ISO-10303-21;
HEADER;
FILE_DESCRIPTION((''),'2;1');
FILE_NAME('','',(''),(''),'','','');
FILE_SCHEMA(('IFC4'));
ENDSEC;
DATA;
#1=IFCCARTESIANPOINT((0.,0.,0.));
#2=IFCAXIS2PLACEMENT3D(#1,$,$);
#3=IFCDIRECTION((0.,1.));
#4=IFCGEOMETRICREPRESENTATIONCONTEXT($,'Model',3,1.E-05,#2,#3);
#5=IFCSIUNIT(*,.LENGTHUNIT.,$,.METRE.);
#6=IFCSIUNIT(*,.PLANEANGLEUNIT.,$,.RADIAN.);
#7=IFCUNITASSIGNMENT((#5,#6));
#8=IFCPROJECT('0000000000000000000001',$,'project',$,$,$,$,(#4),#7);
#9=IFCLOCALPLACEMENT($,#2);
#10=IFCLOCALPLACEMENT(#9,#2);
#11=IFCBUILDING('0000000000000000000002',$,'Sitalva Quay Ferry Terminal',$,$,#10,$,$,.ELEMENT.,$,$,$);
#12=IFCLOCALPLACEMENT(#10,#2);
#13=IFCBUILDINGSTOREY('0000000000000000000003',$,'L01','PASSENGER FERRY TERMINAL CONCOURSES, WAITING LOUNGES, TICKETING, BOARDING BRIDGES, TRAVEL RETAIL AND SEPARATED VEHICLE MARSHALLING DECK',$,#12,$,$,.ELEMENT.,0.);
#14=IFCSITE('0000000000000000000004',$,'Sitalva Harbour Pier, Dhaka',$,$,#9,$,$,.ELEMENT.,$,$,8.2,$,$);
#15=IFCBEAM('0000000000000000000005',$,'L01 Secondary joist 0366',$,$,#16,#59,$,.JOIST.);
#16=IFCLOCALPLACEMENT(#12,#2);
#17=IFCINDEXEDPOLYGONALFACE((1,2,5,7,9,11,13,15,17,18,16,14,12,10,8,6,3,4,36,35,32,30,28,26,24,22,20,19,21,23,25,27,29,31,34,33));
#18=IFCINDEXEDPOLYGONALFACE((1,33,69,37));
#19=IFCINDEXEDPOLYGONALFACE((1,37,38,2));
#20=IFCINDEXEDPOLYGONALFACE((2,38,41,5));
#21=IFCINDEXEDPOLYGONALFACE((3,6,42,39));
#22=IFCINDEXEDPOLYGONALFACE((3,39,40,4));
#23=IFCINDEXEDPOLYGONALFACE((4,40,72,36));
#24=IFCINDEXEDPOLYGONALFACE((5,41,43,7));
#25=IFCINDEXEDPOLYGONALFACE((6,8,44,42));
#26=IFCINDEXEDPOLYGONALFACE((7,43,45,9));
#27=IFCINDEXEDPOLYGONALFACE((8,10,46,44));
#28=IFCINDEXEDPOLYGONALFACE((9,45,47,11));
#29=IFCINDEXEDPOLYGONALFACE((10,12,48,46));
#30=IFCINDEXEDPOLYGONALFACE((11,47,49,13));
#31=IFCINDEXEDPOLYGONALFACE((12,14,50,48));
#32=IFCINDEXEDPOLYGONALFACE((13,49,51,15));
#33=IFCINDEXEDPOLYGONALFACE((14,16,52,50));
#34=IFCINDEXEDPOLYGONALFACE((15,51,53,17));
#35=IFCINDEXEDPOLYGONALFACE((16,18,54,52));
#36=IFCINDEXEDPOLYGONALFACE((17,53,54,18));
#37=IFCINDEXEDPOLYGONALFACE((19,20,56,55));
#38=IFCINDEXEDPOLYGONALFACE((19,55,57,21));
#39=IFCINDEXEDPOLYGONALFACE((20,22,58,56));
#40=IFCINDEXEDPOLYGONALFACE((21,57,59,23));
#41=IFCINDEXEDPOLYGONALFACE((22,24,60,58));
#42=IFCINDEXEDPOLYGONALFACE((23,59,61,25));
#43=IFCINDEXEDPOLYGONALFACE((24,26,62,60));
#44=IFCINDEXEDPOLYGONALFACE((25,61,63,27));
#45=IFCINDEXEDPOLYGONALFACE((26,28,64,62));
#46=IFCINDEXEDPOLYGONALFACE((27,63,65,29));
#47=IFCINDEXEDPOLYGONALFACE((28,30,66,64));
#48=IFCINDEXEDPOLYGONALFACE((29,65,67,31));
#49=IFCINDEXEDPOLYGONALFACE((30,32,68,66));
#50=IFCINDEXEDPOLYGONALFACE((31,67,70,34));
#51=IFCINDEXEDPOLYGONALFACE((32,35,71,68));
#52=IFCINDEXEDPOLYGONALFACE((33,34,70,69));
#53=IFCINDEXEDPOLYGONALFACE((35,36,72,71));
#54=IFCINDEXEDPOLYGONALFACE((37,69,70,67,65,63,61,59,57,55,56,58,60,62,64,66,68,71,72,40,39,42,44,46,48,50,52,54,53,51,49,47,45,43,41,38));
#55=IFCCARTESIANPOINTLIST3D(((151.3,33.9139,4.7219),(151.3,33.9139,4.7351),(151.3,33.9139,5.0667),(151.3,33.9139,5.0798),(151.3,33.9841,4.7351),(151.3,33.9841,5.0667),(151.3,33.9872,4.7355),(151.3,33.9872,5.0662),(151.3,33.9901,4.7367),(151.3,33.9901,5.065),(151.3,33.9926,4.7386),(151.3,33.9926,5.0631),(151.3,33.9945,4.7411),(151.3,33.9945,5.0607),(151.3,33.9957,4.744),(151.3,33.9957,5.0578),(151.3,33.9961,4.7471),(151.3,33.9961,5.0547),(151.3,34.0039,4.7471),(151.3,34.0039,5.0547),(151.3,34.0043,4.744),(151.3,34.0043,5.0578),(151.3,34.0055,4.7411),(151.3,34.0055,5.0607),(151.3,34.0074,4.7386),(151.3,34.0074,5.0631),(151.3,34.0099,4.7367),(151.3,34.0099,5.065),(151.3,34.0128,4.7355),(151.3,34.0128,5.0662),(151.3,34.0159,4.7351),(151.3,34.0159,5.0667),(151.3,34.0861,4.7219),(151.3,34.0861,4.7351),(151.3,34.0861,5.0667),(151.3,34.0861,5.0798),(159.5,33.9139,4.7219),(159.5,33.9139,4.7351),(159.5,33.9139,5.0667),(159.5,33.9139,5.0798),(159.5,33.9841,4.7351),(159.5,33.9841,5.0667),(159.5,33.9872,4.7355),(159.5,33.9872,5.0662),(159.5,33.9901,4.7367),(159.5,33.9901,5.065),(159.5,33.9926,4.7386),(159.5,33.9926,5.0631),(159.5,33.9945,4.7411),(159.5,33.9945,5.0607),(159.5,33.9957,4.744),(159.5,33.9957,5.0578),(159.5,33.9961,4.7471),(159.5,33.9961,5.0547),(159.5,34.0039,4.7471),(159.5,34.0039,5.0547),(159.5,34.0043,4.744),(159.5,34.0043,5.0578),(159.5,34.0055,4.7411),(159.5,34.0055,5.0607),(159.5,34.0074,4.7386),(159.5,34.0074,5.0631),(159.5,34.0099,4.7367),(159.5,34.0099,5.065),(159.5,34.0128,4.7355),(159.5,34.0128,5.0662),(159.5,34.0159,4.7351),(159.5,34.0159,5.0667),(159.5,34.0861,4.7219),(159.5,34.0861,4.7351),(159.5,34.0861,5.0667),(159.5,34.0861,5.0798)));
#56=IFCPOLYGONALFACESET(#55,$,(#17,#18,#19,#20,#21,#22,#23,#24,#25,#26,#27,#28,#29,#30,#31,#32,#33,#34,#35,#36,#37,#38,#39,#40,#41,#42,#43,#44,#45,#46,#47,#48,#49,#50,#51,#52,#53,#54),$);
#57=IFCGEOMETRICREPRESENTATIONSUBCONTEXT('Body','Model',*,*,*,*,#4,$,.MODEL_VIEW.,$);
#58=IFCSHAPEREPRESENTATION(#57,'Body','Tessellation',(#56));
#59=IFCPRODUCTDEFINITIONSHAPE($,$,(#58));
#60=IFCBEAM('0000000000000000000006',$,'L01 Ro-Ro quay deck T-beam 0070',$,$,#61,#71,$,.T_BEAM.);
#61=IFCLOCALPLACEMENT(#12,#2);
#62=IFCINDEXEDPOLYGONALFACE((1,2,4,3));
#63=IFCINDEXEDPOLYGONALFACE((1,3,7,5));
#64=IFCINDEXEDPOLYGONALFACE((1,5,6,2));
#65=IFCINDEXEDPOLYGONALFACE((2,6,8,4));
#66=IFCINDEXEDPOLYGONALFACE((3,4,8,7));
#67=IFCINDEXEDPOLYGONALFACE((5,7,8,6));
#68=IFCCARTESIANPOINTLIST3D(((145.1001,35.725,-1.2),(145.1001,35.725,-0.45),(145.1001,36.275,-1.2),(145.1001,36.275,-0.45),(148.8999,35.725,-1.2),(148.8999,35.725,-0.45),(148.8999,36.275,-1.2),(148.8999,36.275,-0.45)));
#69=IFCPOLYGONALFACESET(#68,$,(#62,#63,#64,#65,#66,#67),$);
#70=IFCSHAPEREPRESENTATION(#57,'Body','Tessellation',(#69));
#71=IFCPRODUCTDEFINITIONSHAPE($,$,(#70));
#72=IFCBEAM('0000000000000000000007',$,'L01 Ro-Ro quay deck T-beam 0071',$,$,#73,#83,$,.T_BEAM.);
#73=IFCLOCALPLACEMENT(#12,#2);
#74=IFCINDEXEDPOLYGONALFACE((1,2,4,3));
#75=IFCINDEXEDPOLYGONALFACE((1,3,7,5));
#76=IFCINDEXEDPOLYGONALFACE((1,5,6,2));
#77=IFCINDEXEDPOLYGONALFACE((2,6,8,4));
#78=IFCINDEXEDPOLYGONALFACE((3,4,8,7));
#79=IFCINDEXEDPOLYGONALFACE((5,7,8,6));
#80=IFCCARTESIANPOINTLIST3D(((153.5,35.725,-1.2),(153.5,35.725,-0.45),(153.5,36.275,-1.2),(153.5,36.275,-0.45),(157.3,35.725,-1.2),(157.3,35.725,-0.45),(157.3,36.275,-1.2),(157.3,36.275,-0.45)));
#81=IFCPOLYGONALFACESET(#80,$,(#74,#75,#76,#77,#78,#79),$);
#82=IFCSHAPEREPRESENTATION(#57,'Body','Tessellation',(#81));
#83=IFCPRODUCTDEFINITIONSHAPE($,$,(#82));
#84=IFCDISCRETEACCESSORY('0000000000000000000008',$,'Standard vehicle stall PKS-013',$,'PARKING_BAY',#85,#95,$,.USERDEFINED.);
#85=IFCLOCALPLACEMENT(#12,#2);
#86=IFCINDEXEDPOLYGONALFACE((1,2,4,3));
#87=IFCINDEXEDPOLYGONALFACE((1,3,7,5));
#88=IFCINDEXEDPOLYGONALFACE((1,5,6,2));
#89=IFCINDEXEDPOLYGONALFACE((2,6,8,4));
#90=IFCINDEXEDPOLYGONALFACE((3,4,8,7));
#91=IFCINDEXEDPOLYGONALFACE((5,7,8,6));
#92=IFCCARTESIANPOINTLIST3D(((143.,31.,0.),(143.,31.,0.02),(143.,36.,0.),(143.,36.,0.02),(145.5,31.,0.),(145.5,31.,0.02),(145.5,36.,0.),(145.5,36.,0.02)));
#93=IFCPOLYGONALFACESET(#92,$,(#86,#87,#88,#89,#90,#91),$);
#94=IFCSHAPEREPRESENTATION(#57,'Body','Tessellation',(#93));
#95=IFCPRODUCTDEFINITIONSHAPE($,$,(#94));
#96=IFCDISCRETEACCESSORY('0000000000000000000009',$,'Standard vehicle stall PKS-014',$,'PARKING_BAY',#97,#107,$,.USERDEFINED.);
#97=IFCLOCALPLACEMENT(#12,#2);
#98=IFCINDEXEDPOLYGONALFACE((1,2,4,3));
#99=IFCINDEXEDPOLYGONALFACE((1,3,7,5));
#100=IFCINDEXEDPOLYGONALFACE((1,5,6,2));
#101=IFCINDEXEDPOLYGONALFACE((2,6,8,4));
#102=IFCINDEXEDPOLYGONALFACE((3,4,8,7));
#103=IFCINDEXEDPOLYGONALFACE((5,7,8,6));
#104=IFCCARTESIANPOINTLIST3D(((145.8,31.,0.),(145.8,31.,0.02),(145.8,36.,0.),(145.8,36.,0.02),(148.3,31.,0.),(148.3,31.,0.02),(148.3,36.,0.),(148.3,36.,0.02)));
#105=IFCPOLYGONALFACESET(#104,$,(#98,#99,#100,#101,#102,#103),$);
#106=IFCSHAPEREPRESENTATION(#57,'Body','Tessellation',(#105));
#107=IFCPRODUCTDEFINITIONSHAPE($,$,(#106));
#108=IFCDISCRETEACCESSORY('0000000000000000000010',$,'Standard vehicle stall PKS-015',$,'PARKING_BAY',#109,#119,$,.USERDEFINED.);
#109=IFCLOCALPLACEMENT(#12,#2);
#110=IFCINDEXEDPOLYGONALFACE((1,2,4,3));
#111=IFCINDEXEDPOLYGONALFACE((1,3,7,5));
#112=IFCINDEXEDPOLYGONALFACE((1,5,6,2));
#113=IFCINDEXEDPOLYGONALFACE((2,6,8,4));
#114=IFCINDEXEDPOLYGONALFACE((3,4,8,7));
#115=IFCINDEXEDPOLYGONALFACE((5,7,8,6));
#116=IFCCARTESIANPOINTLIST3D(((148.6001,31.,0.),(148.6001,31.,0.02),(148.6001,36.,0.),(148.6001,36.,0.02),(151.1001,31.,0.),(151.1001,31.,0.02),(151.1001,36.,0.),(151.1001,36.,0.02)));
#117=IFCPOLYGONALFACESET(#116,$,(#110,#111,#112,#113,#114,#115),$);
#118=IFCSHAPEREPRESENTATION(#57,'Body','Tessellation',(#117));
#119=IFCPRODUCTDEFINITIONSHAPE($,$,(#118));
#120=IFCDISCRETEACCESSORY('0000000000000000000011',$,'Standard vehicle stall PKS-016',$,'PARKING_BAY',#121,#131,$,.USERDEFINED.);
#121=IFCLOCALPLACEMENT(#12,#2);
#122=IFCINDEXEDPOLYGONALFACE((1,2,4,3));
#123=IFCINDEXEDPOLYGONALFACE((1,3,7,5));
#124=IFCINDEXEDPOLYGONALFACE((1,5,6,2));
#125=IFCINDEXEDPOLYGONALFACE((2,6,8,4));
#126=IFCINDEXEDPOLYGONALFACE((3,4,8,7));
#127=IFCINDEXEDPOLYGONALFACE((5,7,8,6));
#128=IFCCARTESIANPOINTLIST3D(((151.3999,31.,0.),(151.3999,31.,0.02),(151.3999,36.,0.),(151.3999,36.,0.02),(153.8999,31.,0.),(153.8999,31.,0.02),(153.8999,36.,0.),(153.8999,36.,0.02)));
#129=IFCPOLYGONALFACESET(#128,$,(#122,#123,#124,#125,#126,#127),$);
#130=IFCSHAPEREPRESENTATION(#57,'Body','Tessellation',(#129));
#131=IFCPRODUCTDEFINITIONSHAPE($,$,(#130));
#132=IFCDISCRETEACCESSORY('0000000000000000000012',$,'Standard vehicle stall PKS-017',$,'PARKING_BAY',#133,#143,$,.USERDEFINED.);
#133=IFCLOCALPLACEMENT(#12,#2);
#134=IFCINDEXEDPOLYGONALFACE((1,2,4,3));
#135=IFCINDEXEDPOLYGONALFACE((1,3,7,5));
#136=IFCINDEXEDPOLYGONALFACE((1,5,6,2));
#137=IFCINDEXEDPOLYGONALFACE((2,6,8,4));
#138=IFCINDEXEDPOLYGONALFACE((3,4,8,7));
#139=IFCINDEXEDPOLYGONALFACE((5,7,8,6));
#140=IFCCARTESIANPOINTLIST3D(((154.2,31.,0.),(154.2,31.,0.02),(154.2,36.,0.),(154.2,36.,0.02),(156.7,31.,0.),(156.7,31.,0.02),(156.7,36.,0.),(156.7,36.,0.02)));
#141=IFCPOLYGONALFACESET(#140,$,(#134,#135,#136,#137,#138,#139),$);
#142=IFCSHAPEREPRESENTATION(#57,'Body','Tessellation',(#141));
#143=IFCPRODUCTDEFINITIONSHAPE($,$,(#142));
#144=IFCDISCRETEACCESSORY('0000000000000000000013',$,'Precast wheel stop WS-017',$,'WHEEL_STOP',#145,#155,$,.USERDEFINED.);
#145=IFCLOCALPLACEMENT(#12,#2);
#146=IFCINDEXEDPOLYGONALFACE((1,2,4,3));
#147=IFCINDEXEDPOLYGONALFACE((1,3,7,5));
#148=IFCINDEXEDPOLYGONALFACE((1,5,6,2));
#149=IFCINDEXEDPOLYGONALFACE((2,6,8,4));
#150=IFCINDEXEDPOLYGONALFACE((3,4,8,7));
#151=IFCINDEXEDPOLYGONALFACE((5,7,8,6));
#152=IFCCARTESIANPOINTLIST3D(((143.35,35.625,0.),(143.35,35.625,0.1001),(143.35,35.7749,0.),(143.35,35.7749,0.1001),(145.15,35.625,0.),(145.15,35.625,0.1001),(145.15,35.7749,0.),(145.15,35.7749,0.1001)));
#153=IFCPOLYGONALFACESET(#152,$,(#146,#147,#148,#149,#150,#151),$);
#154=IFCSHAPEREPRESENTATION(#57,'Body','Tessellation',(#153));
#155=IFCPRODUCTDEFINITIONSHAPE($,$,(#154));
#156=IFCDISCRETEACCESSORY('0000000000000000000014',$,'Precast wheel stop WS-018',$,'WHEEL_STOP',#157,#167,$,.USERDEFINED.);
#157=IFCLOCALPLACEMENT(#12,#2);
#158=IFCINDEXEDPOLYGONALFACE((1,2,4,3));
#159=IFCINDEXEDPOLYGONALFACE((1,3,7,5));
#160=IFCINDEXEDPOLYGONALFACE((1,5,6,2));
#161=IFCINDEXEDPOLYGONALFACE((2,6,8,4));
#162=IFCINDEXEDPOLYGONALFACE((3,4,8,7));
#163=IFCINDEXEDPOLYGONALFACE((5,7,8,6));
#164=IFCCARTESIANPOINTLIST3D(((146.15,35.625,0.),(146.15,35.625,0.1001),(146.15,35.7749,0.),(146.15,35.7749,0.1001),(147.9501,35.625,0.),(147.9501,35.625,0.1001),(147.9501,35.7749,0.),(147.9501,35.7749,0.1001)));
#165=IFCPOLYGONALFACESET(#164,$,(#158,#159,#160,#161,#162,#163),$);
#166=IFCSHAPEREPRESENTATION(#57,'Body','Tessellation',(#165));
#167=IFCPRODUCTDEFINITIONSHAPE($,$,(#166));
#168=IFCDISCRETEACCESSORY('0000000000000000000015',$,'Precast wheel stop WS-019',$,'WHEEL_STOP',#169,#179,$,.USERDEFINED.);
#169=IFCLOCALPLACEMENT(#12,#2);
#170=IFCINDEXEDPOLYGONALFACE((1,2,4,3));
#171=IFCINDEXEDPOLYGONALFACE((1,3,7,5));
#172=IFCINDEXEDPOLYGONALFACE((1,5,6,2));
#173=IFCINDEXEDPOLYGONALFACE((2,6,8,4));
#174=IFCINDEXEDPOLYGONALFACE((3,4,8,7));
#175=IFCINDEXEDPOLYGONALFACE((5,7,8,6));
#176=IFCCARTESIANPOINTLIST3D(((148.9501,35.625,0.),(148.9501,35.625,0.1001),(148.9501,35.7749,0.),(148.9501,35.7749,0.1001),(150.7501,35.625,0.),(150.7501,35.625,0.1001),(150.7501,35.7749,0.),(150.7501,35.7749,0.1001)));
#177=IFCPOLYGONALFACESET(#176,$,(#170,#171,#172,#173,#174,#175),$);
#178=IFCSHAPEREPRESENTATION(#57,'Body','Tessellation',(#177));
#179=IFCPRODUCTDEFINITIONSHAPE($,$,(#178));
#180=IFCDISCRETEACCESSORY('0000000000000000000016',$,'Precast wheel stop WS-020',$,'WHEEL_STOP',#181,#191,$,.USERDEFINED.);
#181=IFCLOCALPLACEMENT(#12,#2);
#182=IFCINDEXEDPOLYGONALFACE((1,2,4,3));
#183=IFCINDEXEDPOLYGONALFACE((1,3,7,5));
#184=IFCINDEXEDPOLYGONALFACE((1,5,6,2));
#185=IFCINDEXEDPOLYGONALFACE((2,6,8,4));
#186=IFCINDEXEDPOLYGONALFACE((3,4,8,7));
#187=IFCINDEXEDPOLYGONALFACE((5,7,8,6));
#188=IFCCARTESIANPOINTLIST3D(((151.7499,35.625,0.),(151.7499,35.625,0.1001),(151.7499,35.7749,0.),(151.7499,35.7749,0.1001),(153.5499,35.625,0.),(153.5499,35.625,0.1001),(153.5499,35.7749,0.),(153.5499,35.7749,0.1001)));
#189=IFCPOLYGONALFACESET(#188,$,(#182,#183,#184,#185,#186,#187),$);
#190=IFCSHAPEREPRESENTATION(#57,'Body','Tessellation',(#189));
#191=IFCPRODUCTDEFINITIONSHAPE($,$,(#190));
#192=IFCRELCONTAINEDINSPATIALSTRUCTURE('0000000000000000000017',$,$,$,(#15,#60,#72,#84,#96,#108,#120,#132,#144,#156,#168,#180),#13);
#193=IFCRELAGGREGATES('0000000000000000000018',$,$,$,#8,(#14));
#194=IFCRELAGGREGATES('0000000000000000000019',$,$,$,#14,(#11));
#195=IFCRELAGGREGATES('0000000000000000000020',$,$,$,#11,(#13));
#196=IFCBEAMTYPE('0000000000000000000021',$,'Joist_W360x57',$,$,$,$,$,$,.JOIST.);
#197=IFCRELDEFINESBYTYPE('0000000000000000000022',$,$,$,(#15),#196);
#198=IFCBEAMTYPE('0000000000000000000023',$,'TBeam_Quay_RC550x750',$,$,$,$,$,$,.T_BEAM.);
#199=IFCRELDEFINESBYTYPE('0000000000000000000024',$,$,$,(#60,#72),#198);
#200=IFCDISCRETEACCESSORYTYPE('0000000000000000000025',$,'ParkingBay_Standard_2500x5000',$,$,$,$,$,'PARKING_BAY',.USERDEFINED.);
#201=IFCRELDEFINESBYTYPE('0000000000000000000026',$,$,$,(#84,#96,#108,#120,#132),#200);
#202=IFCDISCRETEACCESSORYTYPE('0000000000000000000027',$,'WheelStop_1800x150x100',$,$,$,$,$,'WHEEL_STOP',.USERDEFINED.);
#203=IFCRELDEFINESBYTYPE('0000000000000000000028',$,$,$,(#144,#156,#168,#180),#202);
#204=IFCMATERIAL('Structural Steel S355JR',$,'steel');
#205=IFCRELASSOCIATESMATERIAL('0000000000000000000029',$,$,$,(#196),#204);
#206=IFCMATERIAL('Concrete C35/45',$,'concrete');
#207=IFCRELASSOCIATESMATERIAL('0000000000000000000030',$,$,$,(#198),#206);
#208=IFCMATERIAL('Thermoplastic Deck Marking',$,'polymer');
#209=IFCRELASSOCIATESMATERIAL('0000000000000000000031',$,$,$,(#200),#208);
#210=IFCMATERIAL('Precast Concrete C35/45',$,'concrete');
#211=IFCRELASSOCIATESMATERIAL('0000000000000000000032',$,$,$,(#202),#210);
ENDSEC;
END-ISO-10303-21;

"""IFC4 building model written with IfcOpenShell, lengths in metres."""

from ifc_helpers import new_model, si_unit, direction, frame, origin, origin_2d, place, context, subcontext, project, spatial, rectangle, i_section, extrude, material, material_profile, profile_set, type_object, element, save


model = new_model("IFC4")

# Units and contexts
model_context = context("Model", 3, precision=1e-05, world=origin(), true_north=direction((0.0, 1.0)))
body_context = subcontext(model_context, "Body", "Model", "MODEL_VIEW")
ifc_project = project(units=[si_unit("LENGTHUNIT", "METRE"), si_unit("PLANEANGLEUNIT", "RADIAN")], contexts=[model_context])

# Site, building, storey
site_placement = place(None, origin())
site = spatial("IfcSite", under=ifc_project, at=site_placement, Name="Sitalva Harbour Pier, Dhaka", CompositionType="ELEMENT", RefElevation=8.2)
building_placement = place(site_placement, origin())
building = spatial("IfcBuilding", under=site, at=building_placement, Name="Sitalva Quay Ferry Terminal", CompositionType="ELEMENT")
storey_placement = place(building_placement, origin())
storey = spatial("IfcBuildingStorey", under=building, at=storey_placement, Name="L01", Description="PASSENGER FERRY TERMINAL CONCOURSES, WAITING LOUNGES, TICKETING, BOARDING BRIDGES, TRAVEL RETAIL AND SEPARATED VEHICLE MARSHALLING DECK", CompositionType="ELEMENT", Elevation=0.0)

# Beams
ifc_material_1 = material(Name="Structural Steel S355JR", Category="steel")
ifc_material_profile_1 = material_profile(ifc_material_1, i_section(OverallWidth=0.1721, OverallDepth=0.3579, WebThickness=0.0078, FlangeThickness=0.0132, FilletRadius=0.012, at=origin_2d()), Name="W360x57")
ifc_profile_set_1 = profile_set([ifc_material_profile_1], Name="Structural Steel S355JR")
beam_type_1 = type_object("IfcBeamType", Name="Joist_W360x57", PredefinedType="JOIST", material=ifc_profile_set_1)
beam_1_placement = place(storey_placement, frame((151.3, 34.0, 4.9009), z_axis=(1.0, 0.0, 0.0), x_axis=(0.0, 1.0, 0.0)))
element("IfcBeam", 1, at=beam_1_placement, inside=storey, type_object=beam_type_1, Name="L01 Secondary joist 0366", PredefinedType="JOIST", context=body_context, shape_type="SweptSolid", body=[
    extrude(i_section(OverallWidth=0.1721, OverallDepth=0.3579, WebThickness=0.0078, FlangeThickness=0.0132, FilletRadius=0.012, at=origin_2d()), origin(), (0.0, 0.0, 1.0), 8.2),
])
ifc_material_2 = material(Name="Concrete C35/45", Category="concrete")
ifc_material_profile_2 = material_profile(ifc_material_2, rectangle(XDim=0.55, YDim=0.75, at=origin_2d()), Name="RC550x750")
ifc_profile_set_2 = profile_set([ifc_material_profile_2], Name="Concrete C35/45")
beam_type_2 = type_object("IfcBeamType", Name="TBeam_Quay_RC550x750", PredefinedType="T_BEAM", material=ifc_profile_set_2)
beam_2_placement = place(storey_placement, frame((145.1001, 36.0, -0.825), z_axis=(1.0, 0.0, 0.0), x_axis=(0.0, 1.0, 0.0)))
element("IfcBeam", 2, at=beam_2_placement, inside=storey, type_object=beam_type_2, Name="L01 Ro-Ro quay deck T-beam 0070", PredefinedType="T_BEAM", context=body_context, shape_type="SweptSolid", body=[
    extrude(rectangle(XDim=0.55, YDim=0.75, at=origin_2d()), origin(), (0.0, 0.0, 1.0), 3.7998),
])
beam_3_placement = place(storey_placement, frame((153.5, 36.0, -0.825), z_axis=(1.0, 0.0, 0.0), x_axis=(0.0, 1.0, 0.0)))
element("IfcBeam", 3, at=beam_3_placement, inside=storey, type_object=beam_type_2, Name="L01 Ro-Ro quay deck T-beam 0071", PredefinedType="T_BEAM", context=body_context, shape_type="SweptSolid", body=[
    extrude(rectangle(XDim=0.55, YDim=0.75, at=origin_2d()), origin(), (0.0, 0.0, 1.0), 3.8),
])

# Discrete accessories
ifc_material_3 = material(Name="Thermoplastic Deck Marking", Category="polymer")
discrete_accessory_type_1 = type_object("IfcDiscreteAccessoryType", Name="ParkingBay_Standard_2500x5000", ElementType="PARKING_BAY", PredefinedType="USERDEFINED", material=ifc_material_3)
for number, where, z_axis, x_axis, name in (
    (4, (144.25, 33.5, 0.0), (0.0, 0.0, 1.0), (1.0, 0.0, 0.0), "Standard vehicle stall PKS-013"),
    (5, (147.05, 33.5, 0.0), (0.0, 0.0, 1.0), (1.0, 0.0, 0.0), "Standard vehicle stall PKS-014"),
    (6, (149.8501, 33.5, 0.0), (0.0, 0.0, 1.0), (1.0, 0.0, 0.0), "Standard vehicle stall PKS-015"),
    (7, (152.6499, 33.5, 0.0), (0.0, 0.0, 1.0), (1.0, 0.0, 0.0), "Standard vehicle stall PKS-016"),
    (8, (155.45, 33.5, 0.0), (0.0, 0.0, 1.0), (1.0, 0.0, 0.0), "Standard vehicle stall PKS-017"),
):
    element("IfcDiscreteAccessory", number, at=place(storey_placement, frame(where, z_axis=z_axis, x_axis=x_axis)), inside=storey, type_object=discrete_accessory_type_1, Name=name, ObjectType="PARKING_BAY", PredefinedType="USERDEFINED", context=body_context, shape_type="SweptSolid", body=[
        extrude(rectangle(XDim=2.5, YDim=5.0, at=origin_2d()), origin(), (0.0, 0.0, 1.0), 0.02),
    ])
ifc_material_4 = material(Name="Precast Concrete C35/45", Category="concrete")
discrete_accessory_type_2 = type_object("IfcDiscreteAccessoryType", Name="WheelStop_1800x150x100", ElementType="WHEEL_STOP", PredefinedType="USERDEFINED", material=ifc_material_4)
for number, where, z_axis, x_axis, name in (
    (9, (144.25, 35.7, 0.0), (0.0, 0.0, 1.0), (1.0, 0.0, 0.0), "Precast wheel stop WS-017"),
    (10, (147.05, 35.7, 0.0), (0.0, 0.0, 1.0), (1.0, 0.0, 0.0), "Precast wheel stop WS-018"),
    (11, (149.8501, 35.7, 0.0), (0.0, 0.0, 1.0), (1.0, 0.0, 0.0), "Precast wheel stop WS-019"),
    (12, (152.6499, 35.7, 0.0), (0.0, 0.0, 1.0), (1.0, 0.0, 0.0), "Precast wheel stop WS-020"),
):
    element("IfcDiscreteAccessory", number, at=place(storey_placement, frame(where, z_axis=z_axis, x_axis=x_axis)), inside=storey, type_object=discrete_accessory_type_2, Name=name, ObjectType="WHEEL_STOP", PredefinedType="USERDEFINED", context=body_context, shape_type="SweptSolid", body=[
        extrude(rectangle(XDim=1.8, YDim=0.1499, at=origin_2d()), origin(), (0.0, 0.0, 1.0), 0.1001),
    ])

save(model, "model.ifc")
